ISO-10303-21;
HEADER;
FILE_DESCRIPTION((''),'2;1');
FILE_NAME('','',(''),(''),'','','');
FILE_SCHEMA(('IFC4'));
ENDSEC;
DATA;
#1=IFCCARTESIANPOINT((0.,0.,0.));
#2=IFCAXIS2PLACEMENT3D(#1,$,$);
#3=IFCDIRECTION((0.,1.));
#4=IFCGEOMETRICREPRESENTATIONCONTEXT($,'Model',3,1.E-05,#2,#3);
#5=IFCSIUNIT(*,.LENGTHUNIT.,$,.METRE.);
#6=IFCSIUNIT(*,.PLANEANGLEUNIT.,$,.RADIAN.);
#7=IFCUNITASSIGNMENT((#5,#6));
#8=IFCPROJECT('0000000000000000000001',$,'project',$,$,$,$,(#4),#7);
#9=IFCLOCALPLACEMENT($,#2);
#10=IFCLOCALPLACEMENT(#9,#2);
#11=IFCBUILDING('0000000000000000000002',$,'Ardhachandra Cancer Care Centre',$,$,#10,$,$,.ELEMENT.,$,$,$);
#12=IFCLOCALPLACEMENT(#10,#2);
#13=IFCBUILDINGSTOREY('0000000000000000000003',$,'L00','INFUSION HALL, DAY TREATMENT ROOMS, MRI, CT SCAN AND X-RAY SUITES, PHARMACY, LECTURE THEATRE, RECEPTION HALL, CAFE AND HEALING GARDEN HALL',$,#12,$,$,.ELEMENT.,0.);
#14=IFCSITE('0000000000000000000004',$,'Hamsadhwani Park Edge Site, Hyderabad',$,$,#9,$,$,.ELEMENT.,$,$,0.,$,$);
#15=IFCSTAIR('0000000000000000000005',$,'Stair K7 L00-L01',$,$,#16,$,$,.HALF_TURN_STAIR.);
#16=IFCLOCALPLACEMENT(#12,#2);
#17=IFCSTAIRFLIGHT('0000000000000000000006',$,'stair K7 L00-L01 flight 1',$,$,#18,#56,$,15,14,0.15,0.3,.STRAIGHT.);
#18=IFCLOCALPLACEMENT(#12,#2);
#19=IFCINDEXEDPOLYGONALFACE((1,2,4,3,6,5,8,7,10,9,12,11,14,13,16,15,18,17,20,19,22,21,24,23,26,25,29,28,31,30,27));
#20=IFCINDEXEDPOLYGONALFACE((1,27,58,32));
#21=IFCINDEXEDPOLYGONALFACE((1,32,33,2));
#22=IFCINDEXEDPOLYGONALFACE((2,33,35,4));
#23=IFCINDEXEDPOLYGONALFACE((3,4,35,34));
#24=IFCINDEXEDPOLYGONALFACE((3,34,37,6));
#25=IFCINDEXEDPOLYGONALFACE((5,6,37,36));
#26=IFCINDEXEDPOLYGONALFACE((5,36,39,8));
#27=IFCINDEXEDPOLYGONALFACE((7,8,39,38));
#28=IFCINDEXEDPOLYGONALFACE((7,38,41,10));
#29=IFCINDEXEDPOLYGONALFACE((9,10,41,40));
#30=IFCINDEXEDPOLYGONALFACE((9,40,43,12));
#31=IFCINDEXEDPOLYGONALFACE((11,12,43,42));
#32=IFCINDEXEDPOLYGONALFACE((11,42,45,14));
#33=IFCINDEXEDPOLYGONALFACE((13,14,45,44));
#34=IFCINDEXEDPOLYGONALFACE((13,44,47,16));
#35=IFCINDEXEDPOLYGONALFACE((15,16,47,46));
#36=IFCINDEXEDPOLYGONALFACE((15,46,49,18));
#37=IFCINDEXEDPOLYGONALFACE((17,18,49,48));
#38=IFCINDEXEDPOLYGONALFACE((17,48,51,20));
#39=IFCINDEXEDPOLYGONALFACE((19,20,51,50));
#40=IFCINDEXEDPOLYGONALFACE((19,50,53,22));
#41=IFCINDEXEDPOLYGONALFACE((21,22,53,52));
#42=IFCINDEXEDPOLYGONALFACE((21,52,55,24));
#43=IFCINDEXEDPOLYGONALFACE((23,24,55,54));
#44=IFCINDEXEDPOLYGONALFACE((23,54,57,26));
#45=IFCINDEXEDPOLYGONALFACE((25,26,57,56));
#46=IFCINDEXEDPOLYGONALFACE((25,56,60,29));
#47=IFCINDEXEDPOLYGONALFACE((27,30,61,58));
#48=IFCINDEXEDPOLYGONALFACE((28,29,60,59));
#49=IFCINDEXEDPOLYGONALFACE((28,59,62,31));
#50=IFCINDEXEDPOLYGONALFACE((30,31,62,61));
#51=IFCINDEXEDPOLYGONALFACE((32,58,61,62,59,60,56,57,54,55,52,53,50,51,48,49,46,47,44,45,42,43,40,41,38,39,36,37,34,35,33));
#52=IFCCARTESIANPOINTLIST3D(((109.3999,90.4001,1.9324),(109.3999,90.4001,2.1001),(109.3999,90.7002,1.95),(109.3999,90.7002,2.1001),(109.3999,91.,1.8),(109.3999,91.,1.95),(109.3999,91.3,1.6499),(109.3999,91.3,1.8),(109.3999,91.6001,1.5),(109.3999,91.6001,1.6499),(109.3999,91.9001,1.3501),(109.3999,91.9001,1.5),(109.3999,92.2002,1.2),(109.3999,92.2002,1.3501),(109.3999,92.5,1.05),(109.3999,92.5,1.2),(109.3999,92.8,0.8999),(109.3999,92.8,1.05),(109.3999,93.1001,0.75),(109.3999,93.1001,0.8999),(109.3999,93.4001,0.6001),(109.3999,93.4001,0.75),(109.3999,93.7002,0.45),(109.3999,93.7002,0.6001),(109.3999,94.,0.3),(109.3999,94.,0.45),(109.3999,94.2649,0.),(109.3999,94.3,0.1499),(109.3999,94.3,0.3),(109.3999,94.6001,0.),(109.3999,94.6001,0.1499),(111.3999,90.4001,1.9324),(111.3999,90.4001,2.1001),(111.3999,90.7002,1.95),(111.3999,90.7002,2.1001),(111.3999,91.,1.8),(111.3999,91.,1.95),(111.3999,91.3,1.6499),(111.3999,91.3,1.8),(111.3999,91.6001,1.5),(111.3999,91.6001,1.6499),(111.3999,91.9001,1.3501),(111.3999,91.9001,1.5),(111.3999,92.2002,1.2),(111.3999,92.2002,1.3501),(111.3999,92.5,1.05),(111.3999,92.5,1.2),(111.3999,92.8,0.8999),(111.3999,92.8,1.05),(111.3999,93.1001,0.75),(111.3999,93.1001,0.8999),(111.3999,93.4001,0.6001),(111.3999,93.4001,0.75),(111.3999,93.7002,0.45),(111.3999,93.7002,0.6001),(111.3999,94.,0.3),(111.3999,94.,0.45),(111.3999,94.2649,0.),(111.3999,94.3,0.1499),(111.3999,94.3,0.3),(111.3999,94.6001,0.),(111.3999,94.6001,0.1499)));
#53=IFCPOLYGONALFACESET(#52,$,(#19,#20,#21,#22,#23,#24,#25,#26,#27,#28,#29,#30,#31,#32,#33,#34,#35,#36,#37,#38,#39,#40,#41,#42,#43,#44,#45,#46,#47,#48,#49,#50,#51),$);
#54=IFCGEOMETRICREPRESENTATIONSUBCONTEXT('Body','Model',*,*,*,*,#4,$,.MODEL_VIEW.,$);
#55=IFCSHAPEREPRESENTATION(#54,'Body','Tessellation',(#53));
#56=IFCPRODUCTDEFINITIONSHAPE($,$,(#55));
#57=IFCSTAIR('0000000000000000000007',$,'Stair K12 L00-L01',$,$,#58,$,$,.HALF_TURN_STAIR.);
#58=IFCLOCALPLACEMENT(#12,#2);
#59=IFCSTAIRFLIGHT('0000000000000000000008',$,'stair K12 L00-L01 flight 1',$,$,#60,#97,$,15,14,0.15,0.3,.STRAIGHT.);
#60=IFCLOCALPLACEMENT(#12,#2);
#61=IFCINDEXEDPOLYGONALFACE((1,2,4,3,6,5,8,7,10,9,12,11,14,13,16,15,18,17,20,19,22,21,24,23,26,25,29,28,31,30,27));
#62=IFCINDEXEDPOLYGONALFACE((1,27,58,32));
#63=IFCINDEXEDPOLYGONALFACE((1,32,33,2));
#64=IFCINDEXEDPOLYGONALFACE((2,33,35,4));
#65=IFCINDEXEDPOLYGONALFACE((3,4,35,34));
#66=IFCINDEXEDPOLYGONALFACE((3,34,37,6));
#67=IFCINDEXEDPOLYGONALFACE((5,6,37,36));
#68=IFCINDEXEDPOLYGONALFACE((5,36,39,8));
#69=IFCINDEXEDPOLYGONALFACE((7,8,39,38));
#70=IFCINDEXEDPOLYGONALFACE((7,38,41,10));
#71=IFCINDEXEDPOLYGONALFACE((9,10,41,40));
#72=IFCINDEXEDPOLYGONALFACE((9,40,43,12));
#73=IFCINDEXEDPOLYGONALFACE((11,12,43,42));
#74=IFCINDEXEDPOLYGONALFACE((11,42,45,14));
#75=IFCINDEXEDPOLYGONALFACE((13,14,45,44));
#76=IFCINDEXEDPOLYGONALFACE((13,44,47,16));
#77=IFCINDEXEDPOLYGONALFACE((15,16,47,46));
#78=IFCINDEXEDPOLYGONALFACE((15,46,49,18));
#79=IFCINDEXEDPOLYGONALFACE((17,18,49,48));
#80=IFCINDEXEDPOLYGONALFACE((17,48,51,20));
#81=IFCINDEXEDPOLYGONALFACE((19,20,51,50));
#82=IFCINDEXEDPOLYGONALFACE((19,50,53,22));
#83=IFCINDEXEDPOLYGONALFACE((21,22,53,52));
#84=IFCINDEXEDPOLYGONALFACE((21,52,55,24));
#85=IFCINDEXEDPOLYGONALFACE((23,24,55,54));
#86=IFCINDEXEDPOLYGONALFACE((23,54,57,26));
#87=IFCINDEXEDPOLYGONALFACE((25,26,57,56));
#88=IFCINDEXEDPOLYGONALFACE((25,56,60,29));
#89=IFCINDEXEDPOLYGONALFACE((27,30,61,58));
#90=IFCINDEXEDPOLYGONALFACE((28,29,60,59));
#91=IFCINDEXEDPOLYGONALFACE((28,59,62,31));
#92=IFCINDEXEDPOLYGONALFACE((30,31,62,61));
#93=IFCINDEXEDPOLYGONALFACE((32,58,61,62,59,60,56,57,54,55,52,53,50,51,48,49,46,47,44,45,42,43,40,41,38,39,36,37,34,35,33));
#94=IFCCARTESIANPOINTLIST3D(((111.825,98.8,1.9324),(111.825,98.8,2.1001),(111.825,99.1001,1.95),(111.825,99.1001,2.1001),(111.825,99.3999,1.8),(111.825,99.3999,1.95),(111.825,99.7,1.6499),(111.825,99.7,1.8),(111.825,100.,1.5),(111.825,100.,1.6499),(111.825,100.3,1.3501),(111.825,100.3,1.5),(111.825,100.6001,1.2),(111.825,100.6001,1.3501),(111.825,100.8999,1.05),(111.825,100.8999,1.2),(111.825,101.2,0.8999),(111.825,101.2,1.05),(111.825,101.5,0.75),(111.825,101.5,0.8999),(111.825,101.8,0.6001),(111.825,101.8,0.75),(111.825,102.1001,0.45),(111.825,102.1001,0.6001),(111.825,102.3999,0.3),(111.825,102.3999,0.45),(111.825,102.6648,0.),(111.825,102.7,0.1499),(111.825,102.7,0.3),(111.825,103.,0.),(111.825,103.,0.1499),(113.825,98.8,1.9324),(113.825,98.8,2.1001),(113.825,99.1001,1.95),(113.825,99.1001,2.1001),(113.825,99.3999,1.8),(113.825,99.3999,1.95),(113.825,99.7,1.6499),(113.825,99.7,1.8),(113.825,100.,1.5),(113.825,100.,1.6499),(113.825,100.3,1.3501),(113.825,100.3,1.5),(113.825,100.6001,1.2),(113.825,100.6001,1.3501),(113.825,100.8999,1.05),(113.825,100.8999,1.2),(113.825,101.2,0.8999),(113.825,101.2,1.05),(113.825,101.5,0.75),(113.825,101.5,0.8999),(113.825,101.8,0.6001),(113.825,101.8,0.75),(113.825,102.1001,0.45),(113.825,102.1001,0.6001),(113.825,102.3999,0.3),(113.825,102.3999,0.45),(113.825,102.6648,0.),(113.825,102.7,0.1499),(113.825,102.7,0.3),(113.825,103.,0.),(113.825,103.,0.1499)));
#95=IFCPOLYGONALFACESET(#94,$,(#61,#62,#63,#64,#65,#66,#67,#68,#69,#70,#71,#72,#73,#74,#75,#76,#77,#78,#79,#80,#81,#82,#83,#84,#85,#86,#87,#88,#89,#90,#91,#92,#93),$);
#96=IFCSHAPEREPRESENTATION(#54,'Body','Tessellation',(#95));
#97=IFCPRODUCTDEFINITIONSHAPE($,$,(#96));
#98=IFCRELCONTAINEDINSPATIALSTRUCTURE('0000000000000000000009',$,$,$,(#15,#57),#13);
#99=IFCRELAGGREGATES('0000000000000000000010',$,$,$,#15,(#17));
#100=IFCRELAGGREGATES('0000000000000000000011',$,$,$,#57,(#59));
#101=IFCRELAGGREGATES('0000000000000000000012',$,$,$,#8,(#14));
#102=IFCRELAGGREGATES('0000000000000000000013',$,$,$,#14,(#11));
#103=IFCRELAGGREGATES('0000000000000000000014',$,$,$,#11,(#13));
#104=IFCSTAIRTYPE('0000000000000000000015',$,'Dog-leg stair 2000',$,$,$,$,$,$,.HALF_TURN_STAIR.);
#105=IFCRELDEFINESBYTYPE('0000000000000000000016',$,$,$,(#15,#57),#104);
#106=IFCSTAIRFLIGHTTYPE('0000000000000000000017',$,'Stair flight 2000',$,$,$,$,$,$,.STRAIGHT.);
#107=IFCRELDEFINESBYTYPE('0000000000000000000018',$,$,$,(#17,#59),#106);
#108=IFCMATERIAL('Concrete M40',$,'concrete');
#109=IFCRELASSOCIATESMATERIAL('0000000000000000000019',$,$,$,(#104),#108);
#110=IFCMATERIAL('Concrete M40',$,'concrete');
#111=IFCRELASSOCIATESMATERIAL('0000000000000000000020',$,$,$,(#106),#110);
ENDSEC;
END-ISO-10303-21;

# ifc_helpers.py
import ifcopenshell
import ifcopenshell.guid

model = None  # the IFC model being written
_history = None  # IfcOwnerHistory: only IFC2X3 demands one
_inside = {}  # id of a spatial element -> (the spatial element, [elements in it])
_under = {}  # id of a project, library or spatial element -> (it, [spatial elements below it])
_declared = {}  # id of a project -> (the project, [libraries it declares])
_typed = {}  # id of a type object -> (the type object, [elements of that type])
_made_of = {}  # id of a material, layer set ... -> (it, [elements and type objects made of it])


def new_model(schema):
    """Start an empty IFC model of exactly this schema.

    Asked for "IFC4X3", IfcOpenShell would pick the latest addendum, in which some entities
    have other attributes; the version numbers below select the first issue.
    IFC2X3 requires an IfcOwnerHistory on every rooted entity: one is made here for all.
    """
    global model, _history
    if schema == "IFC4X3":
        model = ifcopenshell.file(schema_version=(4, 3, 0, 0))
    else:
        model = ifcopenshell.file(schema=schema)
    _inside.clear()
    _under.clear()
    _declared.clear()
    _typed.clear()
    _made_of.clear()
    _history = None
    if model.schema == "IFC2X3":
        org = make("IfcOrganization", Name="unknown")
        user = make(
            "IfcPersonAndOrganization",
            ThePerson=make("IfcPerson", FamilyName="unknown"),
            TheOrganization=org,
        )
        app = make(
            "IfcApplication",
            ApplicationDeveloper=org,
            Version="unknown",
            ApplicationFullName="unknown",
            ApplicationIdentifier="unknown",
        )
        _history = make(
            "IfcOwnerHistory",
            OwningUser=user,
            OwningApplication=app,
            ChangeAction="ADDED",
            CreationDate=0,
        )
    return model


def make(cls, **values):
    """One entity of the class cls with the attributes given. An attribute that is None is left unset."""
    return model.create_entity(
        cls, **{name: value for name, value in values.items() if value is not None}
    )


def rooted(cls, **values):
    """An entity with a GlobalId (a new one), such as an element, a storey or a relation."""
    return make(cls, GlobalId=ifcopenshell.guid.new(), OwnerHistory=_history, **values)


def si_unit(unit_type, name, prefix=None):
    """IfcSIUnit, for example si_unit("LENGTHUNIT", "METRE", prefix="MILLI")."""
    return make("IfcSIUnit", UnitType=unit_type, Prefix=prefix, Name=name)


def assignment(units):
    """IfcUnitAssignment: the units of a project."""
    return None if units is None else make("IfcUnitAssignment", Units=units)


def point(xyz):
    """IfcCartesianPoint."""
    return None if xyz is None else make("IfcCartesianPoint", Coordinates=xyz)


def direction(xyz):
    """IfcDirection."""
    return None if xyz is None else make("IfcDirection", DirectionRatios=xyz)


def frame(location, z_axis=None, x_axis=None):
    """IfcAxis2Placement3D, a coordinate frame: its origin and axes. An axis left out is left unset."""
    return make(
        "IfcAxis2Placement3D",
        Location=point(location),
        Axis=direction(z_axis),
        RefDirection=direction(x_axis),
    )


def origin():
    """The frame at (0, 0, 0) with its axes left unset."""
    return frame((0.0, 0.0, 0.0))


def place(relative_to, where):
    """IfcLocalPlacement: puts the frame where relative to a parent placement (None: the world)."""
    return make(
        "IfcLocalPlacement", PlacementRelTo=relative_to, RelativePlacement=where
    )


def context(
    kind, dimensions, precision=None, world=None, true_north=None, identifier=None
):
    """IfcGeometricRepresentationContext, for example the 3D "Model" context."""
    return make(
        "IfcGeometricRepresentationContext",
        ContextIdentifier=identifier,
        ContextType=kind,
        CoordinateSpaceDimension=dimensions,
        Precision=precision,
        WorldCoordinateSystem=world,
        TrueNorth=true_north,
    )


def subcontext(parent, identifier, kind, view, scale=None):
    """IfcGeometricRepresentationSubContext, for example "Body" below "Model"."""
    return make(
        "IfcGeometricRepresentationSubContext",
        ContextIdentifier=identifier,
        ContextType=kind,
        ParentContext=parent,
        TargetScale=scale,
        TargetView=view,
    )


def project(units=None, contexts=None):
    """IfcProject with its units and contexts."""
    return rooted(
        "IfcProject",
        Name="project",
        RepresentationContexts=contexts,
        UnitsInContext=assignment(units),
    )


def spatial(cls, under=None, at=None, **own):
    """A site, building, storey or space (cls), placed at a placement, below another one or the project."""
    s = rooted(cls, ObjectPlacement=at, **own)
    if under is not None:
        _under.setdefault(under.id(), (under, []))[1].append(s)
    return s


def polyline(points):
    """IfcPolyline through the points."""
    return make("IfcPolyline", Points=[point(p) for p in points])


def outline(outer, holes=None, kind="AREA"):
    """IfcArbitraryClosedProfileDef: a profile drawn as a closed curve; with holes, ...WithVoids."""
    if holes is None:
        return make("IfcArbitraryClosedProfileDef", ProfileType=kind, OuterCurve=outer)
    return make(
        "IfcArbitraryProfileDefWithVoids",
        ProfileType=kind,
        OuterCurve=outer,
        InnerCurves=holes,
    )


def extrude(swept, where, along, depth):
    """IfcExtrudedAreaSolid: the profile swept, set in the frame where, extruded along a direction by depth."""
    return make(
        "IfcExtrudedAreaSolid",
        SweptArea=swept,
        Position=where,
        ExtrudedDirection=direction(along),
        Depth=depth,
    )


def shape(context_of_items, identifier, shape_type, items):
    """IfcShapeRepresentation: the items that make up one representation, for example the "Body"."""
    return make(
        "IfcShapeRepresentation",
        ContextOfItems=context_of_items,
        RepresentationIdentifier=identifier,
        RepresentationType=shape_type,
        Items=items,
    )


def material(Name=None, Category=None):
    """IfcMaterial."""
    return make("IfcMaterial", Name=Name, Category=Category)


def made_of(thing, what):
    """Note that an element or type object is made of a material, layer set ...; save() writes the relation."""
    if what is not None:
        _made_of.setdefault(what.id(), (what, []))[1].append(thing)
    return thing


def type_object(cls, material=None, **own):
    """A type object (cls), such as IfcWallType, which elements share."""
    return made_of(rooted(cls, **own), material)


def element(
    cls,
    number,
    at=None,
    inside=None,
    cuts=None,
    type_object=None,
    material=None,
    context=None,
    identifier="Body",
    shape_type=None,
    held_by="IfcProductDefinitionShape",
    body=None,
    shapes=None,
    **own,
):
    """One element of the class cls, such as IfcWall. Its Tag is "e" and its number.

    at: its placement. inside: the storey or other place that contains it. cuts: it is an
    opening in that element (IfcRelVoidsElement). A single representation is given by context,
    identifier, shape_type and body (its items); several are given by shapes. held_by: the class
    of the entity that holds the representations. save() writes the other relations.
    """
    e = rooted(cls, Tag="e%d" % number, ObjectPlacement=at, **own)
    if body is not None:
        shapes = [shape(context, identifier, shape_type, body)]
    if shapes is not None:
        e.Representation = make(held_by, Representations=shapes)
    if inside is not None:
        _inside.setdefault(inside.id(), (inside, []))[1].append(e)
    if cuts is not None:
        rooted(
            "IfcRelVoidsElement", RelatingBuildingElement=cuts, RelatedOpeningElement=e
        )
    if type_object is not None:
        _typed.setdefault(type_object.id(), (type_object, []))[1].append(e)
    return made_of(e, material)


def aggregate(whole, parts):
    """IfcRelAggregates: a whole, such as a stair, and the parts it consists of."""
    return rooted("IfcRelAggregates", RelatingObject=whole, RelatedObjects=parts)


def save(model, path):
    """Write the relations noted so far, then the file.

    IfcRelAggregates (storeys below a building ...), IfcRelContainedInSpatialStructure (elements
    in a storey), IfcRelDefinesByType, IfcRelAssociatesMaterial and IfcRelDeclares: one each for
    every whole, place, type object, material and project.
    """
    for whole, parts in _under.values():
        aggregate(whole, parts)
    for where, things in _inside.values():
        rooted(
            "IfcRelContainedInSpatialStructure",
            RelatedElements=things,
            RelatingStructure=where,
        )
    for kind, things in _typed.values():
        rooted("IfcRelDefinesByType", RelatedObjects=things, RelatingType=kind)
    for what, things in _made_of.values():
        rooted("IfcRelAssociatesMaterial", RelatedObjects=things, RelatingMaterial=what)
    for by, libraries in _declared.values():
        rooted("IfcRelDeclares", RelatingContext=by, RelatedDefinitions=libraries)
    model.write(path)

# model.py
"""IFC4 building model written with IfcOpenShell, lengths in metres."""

from ifc_helpers import new_model, si_unit, direction, frame, origin, place, context, subcontext, project, spatial, polyline, outline, extrude, material, type_object, element, aggregate, save


model = new_model("IFC4")

# Units and contexts
model_context = context("Model", 3, precision=1e-05, world=origin(), true_north=direction((0.0, 1.0)))
body_context = subcontext(model_context, "Body", "Model", "MODEL_VIEW")
ifc_project = project(units=[si_unit("LENGTHUNIT", "METRE"), si_unit("PLANEANGLEUNIT", "RADIAN")], contexts=[model_context])

# Site, building, storey
site_placement = place(None, origin())
site = spatial("IfcSite", under=ifc_project, at=site_placement, Name="Hamsadhwani Park Edge Site, Hyderabad", CompositionType="ELEMENT", RefElevation=0.0)
building_placement = place(site_placement, origin())
building = spatial("IfcBuilding", under=site, at=building_placement, Name="Ardhachandra Cancer Care Centre", CompositionType="ELEMENT")
storey_placement = place(building_placement, origin())
storey = spatial("IfcBuildingStorey", under=building, at=storey_placement, Name="L00", Description="INFUSION HALL, DAY TREATMENT ROOMS, MRI, CT SCAN AND X-RAY SUITES, PHARMACY, LECTURE THEATRE, RECEPTION HALL, CAFE AND HEALING GARDEN HALL", CompositionType="ELEMENT", Elevation=0.0)

# Stairs, stair flights
ifc_material_1 = material(Name="Concrete M40", Category="concrete")
stair_type = type_object("IfcStairType", Name="Dog-leg stair 2000", PredefinedType="HALF_TURN_STAIR", material=ifc_material_1)
stair_1_placement = place(storey_placement, origin())
stair_1 = element("IfcStair", 1, at=stair_1_placement, inside=storey, type_object=stair_type, Name="Stair K7 L00-L01", PredefinedType="HALF_TURN_STAIR")
ifc_material_2 = material(Name="Concrete M40", Category="concrete")
stair_flight_type = type_object("IfcStairFlightType", Name="Stair flight 2000", PredefinedType="STRAIGHT", material=ifc_material_2)
stair_flight_1_placement = place(storey_placement, frame((110.3999, 94.6001, 0.0), z_axis=(0.0, 0.0, 1.0), x_axis=(0.0, -1.0, 0.0)))
stair_flight_1 = element("IfcStairFlight", 2, at=stair_flight_1_placement, type_object=stair_flight_type, Name="stair K7 L00-L01 flight 1", NumberOfRisers=15, NumberOfTreads=14, PredefinedType="STRAIGHT", RiserHeight=0.15, TreadLength=0.3, context=body_context, shape_type="SweptSolid", body=[
    extrude(outline(polyline([(0.0, 0.0), (0.0, 0.1499), (0.3, 0.1499), (0.3, 0.3), (0.6001, 0.3), (0.6001, 0.45), (0.8999, 0.45), (0.8999, 0.6001), (1.2, 0.6001), (1.2, 0.75), (1.5, 0.75), (1.5, 0.8999), (1.8, 0.8999), (1.8, 1.05), (2.1001, 1.05), (2.1001, 1.2), (2.3999, 1.2), (2.3999, 1.3501), (2.7, 1.3501), (2.7, 1.5), (3.0, 1.5), (3.0, 1.6499), (3.3, 1.6499), (3.3, 1.8), (3.6001, 1.8), (3.6001, 1.95), (3.8999, 1.95), (3.8999, 2.1001), (4.2, 2.1001), (4.2, 2.25), (4.2, 1.9324), (0.3352, 0.0), (0.0, 0.0)])), frame((0.0, 1.0, 0.0), z_axis=(0.0, -1.0, 0.0), x_axis=(1.0, 0.0, 0.0)), (0.0, 0.0, 1.0), 2.0),
])
aggregate(stair_1, [stair_flight_1])
stair_2_placement = place(storey_placement, origin())
stair_2 = element("IfcStair", 3, at=stair_2_placement, inside=storey, type_object=stair_type, Name="Stair K12 L00-L01", PredefinedType="HALF_TURN_STAIR")
stair_flight_2_placement = place(storey_placement, frame((112.825, 103.0, 0.0), z_axis=(0.0, 0.0, 1.0), x_axis=(0.0, -1.0, 0.0)))
stair_flight_2 = element("IfcStairFlight", 4, at=stair_flight_2_placement, type_object=stair_flight_type, Name="stair K12 L00-L01 flight 1", NumberOfRisers=15, NumberOfTreads=14, PredefinedType="STRAIGHT", RiserHeight=0.15, TreadLength=0.3, context=body_context, shape_type="SweptSolid", body=[
    extrude(outline(polyline([(0.0, 0.0), (0.0, 0.1499), (0.3, 0.1499), (0.3, 0.3), (0.6001, 0.3), (0.6001, 0.45), (0.8999, 0.45), (0.8999, 0.6001), (1.2, 0.6001), (1.2, 0.75), (1.5, 0.75), (1.5, 0.8999), (1.8, 0.8999), (1.8, 1.05), (2.1001, 1.05), (2.1001, 1.2), (2.3999, 1.2), (2.3999, 1.3501), (2.7, 1.3501), (2.7, 1.5), (3.0, 1.5), (3.0, 1.6499), (3.3, 1.6499), (3.3, 1.8), (3.6001, 1.8), (3.6001, 1.95), (3.8999, 1.95), (3.8999, 2.1001), (4.2, 2.1001), (4.2, 2.25), (4.2, 1.9324), (0.3352, 0.0), (0.0, 0.0)])), frame((0.0, 1.0, 0.0), z_axis=(0.0, -1.0, 0.0), x_axis=(1.0, 0.0, 0.0)), (0.0, 0.0, 1.0), 2.0),
])
aggregate(stair_2, [stair_flight_2])

save(model, "model.ifc")
